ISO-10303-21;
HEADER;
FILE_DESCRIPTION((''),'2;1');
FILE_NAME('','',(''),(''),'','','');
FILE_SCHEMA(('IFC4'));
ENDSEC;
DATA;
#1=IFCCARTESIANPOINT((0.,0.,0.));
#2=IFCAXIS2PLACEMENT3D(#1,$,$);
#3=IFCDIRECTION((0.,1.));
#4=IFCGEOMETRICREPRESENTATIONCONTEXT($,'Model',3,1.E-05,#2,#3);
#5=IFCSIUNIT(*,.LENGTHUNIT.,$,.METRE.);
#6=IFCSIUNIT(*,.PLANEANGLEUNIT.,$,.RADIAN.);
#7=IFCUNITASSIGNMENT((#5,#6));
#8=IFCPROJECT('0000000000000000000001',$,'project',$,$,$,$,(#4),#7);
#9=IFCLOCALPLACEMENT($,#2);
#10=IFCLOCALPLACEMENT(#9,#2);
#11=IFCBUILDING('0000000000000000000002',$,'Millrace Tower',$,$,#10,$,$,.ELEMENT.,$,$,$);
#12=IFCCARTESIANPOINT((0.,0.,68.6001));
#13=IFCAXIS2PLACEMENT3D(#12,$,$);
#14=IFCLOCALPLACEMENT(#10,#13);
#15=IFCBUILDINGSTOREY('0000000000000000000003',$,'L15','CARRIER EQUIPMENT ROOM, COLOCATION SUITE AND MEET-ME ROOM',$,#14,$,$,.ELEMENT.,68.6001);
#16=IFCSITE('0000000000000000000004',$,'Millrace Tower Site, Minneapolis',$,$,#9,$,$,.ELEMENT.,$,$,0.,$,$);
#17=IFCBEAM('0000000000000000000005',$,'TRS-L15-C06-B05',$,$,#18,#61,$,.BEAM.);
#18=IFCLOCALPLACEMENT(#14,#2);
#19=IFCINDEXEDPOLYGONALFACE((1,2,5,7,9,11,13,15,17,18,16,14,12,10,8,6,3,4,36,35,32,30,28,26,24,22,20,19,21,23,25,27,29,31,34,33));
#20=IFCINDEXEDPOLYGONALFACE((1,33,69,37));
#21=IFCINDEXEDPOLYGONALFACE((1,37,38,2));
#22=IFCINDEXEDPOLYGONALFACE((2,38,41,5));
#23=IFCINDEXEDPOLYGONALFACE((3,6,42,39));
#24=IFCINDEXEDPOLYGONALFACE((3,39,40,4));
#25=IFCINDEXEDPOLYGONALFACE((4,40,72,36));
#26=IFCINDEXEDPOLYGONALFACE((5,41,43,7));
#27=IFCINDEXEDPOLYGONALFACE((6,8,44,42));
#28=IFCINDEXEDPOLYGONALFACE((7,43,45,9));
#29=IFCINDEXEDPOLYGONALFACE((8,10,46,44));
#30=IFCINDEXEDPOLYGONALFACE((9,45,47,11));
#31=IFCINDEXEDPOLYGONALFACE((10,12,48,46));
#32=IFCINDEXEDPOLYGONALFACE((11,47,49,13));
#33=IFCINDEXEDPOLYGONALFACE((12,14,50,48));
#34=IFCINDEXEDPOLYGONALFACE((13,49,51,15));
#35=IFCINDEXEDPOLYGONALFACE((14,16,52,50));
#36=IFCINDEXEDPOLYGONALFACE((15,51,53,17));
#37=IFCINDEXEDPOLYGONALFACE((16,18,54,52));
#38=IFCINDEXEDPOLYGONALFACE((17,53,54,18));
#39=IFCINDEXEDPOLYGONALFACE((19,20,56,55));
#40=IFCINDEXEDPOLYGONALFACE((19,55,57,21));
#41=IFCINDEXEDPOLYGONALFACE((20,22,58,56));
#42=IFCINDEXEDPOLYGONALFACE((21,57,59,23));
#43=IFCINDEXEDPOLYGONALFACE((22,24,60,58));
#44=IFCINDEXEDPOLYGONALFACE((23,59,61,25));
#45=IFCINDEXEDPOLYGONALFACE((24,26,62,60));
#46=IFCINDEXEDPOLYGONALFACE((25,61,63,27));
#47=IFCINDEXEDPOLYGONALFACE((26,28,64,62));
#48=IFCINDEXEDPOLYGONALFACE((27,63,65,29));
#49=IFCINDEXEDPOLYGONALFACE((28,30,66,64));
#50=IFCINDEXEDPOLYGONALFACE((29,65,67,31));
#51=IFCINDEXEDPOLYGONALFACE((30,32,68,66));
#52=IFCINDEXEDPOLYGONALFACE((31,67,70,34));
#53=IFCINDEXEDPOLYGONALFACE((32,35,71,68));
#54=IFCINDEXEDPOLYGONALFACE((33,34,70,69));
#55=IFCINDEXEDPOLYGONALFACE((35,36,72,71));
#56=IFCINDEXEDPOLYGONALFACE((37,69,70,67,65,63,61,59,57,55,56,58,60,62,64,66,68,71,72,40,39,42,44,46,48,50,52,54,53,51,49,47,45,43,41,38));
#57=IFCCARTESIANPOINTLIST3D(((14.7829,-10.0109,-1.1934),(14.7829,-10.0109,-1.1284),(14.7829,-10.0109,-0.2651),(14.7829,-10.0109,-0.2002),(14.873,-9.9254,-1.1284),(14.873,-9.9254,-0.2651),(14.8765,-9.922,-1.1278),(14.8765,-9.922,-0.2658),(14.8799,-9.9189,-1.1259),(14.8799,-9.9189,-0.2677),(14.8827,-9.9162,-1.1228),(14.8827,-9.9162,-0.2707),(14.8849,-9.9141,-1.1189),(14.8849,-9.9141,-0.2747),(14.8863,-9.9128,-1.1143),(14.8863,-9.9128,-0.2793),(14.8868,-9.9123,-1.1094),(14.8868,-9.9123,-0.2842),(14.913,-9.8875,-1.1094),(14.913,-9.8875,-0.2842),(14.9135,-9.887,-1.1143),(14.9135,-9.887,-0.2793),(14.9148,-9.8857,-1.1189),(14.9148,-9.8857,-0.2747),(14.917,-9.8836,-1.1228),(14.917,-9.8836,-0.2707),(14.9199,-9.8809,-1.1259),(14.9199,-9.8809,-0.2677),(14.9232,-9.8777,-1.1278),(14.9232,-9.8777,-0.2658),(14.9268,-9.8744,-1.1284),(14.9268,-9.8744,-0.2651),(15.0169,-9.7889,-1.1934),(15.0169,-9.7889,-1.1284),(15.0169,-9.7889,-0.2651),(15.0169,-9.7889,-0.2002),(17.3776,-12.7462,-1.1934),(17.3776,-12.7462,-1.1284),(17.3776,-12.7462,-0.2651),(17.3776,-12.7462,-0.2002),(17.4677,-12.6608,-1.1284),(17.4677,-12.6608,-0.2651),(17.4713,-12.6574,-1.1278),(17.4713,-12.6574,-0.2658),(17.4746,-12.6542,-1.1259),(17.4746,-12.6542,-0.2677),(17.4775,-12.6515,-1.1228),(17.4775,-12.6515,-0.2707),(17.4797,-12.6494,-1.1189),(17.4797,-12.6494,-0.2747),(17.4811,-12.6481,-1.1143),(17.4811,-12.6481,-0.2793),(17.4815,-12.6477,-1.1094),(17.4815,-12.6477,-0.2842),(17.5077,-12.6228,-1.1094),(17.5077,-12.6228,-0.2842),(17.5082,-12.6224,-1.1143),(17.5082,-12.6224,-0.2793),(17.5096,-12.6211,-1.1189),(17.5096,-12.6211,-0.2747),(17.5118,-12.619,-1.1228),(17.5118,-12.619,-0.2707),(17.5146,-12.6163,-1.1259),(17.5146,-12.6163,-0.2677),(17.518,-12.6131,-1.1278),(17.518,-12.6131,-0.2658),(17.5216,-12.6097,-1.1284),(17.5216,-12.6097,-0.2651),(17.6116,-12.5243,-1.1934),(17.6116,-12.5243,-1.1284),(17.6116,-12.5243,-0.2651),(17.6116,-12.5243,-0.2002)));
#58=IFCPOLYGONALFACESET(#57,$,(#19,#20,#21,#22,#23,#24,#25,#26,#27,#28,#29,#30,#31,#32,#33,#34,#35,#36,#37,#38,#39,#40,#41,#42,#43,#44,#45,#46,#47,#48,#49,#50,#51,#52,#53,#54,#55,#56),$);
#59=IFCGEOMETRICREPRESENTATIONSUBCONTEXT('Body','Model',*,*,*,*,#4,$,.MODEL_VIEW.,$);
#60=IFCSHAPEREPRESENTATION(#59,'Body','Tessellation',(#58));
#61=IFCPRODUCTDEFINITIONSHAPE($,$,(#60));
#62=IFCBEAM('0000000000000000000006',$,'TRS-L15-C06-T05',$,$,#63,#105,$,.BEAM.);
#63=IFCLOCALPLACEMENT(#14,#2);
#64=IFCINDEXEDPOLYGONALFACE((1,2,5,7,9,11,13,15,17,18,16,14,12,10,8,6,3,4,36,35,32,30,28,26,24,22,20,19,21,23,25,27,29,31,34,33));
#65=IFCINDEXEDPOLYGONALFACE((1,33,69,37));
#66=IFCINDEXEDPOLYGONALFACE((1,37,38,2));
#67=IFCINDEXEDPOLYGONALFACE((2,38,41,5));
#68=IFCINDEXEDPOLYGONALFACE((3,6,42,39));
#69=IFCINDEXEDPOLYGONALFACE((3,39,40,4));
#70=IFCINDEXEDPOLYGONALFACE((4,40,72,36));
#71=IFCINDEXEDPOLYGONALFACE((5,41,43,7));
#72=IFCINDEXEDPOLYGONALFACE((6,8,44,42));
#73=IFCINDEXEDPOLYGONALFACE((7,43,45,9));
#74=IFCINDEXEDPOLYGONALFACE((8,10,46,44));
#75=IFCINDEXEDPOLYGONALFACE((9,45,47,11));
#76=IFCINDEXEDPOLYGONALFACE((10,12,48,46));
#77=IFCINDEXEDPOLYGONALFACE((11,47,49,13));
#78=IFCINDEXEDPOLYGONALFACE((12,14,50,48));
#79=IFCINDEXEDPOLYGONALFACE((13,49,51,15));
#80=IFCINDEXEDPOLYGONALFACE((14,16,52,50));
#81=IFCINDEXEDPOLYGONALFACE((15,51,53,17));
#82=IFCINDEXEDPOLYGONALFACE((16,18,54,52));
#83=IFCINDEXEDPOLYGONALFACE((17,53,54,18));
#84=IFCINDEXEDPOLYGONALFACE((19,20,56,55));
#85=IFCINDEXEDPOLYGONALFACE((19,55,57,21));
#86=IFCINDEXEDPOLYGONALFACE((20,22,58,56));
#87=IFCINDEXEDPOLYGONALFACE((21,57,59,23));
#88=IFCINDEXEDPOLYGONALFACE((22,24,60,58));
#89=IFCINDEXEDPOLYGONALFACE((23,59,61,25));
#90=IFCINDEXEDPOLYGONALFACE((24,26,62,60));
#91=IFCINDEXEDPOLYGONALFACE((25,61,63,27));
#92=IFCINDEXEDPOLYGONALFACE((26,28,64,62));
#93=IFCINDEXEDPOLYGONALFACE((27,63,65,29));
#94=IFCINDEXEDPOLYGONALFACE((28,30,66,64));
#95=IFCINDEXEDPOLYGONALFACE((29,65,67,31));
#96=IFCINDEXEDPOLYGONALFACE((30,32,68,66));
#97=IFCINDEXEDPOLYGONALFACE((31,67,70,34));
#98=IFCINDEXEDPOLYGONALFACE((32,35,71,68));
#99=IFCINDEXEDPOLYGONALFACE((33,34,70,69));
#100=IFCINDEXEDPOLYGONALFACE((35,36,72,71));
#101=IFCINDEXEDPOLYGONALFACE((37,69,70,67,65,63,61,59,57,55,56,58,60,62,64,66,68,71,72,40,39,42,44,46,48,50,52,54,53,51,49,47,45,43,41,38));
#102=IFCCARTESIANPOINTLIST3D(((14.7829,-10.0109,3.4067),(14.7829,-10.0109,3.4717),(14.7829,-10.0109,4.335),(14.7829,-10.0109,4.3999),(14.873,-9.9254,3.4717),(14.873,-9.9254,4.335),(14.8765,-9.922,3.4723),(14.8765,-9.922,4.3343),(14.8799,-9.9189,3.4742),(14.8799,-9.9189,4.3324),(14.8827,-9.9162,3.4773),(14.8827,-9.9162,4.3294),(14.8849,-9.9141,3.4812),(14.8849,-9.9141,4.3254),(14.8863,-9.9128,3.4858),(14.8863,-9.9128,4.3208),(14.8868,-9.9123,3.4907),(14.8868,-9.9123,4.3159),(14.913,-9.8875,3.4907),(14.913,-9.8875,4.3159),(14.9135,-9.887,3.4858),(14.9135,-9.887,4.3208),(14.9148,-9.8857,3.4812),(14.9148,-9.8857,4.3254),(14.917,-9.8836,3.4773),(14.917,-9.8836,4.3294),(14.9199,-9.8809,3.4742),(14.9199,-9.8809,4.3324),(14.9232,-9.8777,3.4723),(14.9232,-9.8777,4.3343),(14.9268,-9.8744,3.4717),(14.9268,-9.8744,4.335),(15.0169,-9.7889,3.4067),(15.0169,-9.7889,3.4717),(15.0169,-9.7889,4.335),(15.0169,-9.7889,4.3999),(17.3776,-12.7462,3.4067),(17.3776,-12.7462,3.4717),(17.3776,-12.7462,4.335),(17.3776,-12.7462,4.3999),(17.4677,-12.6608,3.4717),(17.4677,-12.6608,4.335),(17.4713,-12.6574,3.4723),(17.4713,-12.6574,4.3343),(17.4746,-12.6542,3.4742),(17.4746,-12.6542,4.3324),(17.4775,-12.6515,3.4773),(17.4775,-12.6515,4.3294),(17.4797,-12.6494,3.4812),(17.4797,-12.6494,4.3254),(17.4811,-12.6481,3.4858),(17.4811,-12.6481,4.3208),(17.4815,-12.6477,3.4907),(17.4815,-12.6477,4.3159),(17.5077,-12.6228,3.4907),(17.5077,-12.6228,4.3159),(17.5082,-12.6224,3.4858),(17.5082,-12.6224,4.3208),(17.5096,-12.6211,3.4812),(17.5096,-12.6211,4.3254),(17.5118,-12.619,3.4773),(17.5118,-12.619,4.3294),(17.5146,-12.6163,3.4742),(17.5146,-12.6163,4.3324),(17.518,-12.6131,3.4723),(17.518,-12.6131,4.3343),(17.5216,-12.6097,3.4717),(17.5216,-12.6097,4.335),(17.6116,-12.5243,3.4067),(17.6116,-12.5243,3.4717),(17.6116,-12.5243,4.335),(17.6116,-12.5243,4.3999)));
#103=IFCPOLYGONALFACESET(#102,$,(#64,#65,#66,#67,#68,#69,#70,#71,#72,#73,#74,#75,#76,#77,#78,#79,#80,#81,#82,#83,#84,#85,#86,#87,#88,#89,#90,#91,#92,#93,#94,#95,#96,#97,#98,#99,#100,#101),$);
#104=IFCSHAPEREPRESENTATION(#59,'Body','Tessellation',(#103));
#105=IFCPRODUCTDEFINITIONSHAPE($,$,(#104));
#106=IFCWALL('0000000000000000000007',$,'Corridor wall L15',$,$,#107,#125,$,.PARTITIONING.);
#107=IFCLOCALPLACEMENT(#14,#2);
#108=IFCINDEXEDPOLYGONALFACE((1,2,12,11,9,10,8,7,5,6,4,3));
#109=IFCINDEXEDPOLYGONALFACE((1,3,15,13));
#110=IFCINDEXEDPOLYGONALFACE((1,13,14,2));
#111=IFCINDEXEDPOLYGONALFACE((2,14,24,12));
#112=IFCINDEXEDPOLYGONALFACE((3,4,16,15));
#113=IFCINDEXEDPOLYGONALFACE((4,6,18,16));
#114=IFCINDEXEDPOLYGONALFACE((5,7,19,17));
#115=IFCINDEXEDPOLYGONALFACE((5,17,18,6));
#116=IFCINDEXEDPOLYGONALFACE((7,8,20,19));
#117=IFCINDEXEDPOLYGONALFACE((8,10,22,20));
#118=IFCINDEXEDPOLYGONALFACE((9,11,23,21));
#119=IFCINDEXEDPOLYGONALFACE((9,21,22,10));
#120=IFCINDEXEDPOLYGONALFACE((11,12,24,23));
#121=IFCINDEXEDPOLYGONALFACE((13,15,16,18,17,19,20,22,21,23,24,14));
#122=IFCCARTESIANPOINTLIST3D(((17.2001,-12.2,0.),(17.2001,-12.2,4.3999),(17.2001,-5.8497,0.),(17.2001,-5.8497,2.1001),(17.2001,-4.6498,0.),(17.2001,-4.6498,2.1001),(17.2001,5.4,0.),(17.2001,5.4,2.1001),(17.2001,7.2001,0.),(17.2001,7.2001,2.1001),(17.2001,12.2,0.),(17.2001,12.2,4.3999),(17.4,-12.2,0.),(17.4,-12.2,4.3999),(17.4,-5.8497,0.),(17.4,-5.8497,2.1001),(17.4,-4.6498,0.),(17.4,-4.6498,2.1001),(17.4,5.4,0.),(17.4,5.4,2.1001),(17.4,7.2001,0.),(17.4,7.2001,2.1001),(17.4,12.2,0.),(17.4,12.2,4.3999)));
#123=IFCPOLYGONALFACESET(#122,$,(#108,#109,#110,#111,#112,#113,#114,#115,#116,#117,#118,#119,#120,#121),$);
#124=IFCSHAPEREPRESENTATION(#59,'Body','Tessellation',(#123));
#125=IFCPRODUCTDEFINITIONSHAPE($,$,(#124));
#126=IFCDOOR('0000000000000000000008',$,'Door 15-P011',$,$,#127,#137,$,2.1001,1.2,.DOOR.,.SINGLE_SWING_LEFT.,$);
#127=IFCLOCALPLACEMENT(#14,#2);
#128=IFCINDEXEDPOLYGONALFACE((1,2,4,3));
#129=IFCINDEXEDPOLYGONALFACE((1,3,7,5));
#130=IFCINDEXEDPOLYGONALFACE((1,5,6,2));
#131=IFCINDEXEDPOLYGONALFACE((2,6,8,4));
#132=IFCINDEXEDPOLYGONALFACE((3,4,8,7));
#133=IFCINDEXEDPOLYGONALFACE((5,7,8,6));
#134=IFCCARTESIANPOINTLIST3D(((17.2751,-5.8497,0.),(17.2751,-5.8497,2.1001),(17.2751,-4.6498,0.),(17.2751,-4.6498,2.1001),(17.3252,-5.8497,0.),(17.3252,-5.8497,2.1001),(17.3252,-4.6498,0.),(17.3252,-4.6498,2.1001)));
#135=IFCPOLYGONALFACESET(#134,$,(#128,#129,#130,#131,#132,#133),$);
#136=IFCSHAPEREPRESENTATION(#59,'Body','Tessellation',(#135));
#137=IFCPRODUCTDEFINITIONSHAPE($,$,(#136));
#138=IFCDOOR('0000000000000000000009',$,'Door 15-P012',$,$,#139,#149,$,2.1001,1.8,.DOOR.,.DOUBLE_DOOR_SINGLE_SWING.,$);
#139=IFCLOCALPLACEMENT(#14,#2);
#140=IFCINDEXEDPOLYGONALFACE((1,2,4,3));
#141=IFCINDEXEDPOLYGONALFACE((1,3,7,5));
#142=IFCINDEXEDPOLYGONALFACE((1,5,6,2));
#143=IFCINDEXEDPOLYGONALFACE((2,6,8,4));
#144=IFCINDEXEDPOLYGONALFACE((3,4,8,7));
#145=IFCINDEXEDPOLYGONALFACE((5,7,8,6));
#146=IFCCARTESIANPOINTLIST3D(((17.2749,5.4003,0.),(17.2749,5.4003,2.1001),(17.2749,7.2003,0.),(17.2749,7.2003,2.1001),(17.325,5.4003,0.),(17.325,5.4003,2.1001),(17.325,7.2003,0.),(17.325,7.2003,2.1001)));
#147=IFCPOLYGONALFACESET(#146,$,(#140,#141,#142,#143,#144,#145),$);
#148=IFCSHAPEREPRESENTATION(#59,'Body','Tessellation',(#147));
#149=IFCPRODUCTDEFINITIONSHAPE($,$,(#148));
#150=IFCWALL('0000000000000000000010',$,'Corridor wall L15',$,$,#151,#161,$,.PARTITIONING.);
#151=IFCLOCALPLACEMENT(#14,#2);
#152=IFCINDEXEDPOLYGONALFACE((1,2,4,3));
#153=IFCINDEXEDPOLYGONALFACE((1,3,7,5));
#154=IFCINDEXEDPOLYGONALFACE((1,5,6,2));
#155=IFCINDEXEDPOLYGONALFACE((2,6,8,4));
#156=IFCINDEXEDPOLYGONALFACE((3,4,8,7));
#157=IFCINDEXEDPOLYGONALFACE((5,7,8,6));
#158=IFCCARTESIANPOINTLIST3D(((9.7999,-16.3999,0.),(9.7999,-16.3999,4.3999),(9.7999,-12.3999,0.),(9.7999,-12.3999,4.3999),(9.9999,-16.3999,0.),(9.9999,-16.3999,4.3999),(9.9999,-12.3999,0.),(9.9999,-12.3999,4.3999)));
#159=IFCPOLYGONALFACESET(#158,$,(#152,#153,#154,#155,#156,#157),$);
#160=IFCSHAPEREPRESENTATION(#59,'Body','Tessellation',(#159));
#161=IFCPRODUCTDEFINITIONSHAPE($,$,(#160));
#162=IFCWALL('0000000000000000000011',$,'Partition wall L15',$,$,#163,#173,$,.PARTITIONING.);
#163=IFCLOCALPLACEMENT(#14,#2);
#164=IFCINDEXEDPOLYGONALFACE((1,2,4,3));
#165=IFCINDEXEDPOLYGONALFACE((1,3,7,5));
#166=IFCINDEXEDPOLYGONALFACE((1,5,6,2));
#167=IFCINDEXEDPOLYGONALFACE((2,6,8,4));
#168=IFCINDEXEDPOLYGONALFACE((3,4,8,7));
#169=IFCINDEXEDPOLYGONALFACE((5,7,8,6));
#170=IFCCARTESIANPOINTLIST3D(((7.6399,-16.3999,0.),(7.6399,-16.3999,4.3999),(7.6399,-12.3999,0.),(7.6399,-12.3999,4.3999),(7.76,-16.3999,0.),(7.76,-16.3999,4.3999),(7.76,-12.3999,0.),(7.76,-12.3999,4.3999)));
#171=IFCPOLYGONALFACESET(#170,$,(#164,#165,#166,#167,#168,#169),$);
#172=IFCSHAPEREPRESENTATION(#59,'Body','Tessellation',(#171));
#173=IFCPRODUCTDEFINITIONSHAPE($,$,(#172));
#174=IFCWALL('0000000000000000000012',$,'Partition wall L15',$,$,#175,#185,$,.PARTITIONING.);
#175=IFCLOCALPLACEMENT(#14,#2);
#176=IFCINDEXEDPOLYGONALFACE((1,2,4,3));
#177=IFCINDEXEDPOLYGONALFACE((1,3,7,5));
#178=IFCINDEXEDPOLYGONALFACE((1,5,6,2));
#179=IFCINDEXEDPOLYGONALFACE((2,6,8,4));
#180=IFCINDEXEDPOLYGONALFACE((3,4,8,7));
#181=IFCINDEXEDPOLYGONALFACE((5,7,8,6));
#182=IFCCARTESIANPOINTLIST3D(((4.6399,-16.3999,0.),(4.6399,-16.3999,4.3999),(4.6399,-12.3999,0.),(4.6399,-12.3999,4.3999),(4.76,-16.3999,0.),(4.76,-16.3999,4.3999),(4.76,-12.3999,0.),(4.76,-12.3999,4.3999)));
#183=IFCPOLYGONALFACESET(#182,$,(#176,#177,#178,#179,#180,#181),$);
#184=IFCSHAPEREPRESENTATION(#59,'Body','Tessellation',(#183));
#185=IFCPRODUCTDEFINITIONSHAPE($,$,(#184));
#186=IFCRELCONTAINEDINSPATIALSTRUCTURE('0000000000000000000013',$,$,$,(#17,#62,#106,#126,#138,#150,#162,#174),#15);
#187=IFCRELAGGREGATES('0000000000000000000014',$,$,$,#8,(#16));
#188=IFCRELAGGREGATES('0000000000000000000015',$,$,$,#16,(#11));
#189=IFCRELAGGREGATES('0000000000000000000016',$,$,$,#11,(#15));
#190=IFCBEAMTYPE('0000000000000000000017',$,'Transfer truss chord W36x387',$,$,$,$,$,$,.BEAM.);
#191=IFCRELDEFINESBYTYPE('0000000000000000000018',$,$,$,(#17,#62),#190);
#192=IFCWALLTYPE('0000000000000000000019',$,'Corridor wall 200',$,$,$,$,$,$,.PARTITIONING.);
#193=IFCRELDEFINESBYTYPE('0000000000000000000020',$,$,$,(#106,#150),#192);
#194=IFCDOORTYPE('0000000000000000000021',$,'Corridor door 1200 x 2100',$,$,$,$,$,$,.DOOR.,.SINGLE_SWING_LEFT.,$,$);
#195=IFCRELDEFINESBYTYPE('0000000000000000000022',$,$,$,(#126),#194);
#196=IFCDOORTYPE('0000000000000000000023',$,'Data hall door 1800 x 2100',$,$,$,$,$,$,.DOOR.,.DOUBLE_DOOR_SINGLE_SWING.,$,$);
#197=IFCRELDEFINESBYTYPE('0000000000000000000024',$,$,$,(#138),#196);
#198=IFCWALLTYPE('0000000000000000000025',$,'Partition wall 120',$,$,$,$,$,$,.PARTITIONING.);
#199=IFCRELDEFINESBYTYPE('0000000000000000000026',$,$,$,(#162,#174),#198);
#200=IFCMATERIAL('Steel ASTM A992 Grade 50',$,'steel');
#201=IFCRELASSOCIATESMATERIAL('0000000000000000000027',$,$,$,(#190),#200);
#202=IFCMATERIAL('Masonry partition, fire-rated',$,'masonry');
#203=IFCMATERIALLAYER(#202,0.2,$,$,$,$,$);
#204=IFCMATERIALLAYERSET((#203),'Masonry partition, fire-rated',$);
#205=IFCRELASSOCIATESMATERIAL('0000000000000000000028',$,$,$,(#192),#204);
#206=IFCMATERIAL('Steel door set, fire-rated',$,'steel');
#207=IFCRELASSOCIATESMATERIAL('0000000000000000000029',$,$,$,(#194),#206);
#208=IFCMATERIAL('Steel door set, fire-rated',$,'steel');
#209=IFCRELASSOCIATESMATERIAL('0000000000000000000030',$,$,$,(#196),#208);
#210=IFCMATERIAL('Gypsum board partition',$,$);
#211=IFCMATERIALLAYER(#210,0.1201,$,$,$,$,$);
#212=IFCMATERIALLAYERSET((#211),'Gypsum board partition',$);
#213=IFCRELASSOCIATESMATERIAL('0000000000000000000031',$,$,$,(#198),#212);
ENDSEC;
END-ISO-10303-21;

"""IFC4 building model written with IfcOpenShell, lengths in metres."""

from ifc_helpers import new_model, si_unit, direction, frame, frame_2d, origin, origin_2d, place, context, subcontext, project, spatial, rectangle, i_section, extrude, material, layer, layer_set, material_profile, profile_set, type_object, element, fill, save


model = new_model("IFC4")

# Units and contexts
model_context = context("Model", 3, precision=1e-05, world=origin(), true_north=direction((0.0, 1.0)))
body_context = subcontext(model_context, "Body", "Model", "MODEL_VIEW")
ifc_project = project(units=[si_unit("LENGTHUNIT", "METRE"), si_unit("PLANEANGLEUNIT", "RADIAN")], contexts=[model_context])

# Site, building, storey
site_placement = place(None, origin())
site = spatial("IfcSite", under=ifc_project, at=site_placement, Name="Millrace Tower Site, Minneapolis", CompositionType="ELEMENT", RefElevation=0.0)
building_placement = place(site_placement, origin())
building = spatial("IfcBuilding", under=site, at=building_placement, Name="Millrace Tower", CompositionType="ELEMENT")
storey_placement = place(building_placement, frame((0.0, 0.0, 68.6001)))
storey = spatial("IfcBuildingStorey", under=building, at=storey_placement, Name="L15", Description="CARRIER EQUIPMENT ROOM, COLOCATION SUITE AND MEET-ME ROOM", CompositionType="ELEMENT", Elevation=68.6001)

# Beams
ifc_material_1 = material(Name="Steel ASTM A992 Grade 50", Category="steel")
ifc_material_profile_1 = material_profile(ifc_material_1, i_section(OverallWidth=0.3225, OverallDepth=0.9932, WebThickness=0.0361, FlangeThickness=0.0649, FilletRadius=0.019, at=origin_2d()))
ifc_profile_set_1 = profile_set([ifc_material_profile_1], Name="Steel ASTM A992 Grade 50")
beam_type_1 = type_object("IfcBeamType", Name="Transfer truss chord W36x387", PredefinedType="BEAM", material=ifc_profile_set_1)
for number, where, z_axis, x_axis, name in (
    (1, (17.4946, -12.6353, -0.6968), (-0.688211, 0.72551, 0.0), (-0.72551, -0.688211, 0.0), "TRS-L15-C06-B05"),
    (2, (17.4946, -12.6353, 3.9033), (-0.688211, 0.72551, 0.0), (-0.72551, -0.688211, 0.0), "TRS-L15-C06-T05"),
):
    element("IfcBeam", number, at=place(storey_placement, frame(where, z_axis=z_axis, x_axis=x_axis)), inside=storey, type_object=beam_type_1, Name=name, PredefinedType="BEAM", context=body_context, shape_type="SweptSolid", body=[
        extrude(i_section(OverallWidth=0.3225, OverallDepth=0.9932, WebThickness=0.0361, FlangeThickness=0.0649, FilletRadius=0.019, at=origin_2d()), origin(), (0.0, 0.0, 1.0), 3.7703),
    ])

# Wall, openings, doors
ifc_material_2 = material(Name="Masonry partition, fire-rated", Category="masonry")
ifc_layer_1 = layer(ifc_material_2, 0.2)
ifc_layer_set_1 = layer_set([ifc_layer_1], Name="Masonry partition, fire-rated")
wall_type_1 = type_object("IfcWallType", Name="Corridor wall 200", PredefinedType="PARTITIONING", material=ifc_layer_set_1)
wall_1_placement = place(storey_placement, frame((17.3, -12.2, 0.0), z_axis=(0.0, 0.0, 1.0), x_axis=(0.0, 1.0, 0.0)))
wall_1 = element("IfcWall", 3, at=wall_1_placement, inside=storey, type_object=wall_type_1, Name="Corridor wall L15", PredefinedType="PARTITIONING", context=body_context, shape_type="SweptSolid", body=[
    extrude(rectangle(XDim=24.3999, YDim=0.2, at=frame_2d((12.2, 0.0))), origin(), (0.0, 0.0, 1.0), 4.3999),
])
opening_1_placement = place(wall_1_placement, frame((6.3501, 0.0, 0.0)))
opening_1 = element("IfcOpeningElement", 4, at=opening_1_placement, cuts=wall_1, PredefinedType="OPENING", context=body_context, shape_type="SweptSolid", body=[
    extrude(rectangle(XDim=1.2, YDim=2.1001, at=frame_2d((0.6001, 1.05))), frame((0.0, 0.1099, 0.0), z_axis=(0.0, -1.0, 0.0), x_axis=(1.0, 0.0, 0.0)), (0.0, 0.0, 1.0), 0.22),
])
opening_2_placement = place(wall_1_placement, frame((17.6001, 0.0, 0.0)))
opening_2 = element("IfcOpeningElement", 5, at=opening_2_placement, cuts=wall_1, PredefinedType="OPENING", context=body_context, shape_type="SweptSolid", body=[
    extrude(rectangle(XDim=1.8, YDim=2.1001, at=frame_2d((0.8999, 1.05))), frame((0.0, 0.1099, 0.0), z_axis=(0.0, -1.0, 0.0), x_axis=(1.0, 0.0, 0.0)), (0.0, 0.0, 1.0), 0.22),
])
ifc_material_3 = material(Name="Steel door set, fire-rated", Category="steel")
door_type_1 = type_object("IfcDoorType", Name="Corridor door 1200 x 2100", OperationType="SINGLE_SWING_LEFT", PredefinedType="DOOR", material=ifc_material_3)
door_1_placement = place(opening_1_placement, origin())
door_1 = element("IfcDoor", 6, at=door_1_placement, inside=storey, type_object=door_type_1, Name="Door 15-P011", OperationType="SINGLE_SWING_LEFT", OverallHeight=2.1001, OverallWidth=1.2, PredefinedType="DOOR", context=body_context, shape_type="SweptSolid", body=[
    extrude(rectangle(XDim=1.2, YDim=2.1001, at=frame_2d((0.6001, 1.05))), frame((0.0, 0.0249, 0.0), z_axis=(0.0, -1.0, 0.0), x_axis=(1.0, 0.0, 0.0)), (0.0, 0.0, 1.0), 0.05),
])
fill(opening_1, door_1)
ifc_material_4 = material(Name="Steel door set, fire-rated", Category="steel")
door_type_2 = type_object("IfcDoorType", Name="Data hall door 1800 x 2100", OperationType="DOUBLE_DOOR_SINGLE_SWING", PredefinedType="DOOR", material=ifc_material_4)
door_2_placement = place(opening_2_placement, frame((1.8, 0.0, 0.0), z_axis=(0.0, 0.0, 1.0), x_axis=(-1.0, 0.0, 0.0)))
door_2 = element("IfcDoor", 7, at=door_2_placement, inside=storey, type_object=door_type_2, Name="Door 15-P012", OperationType="DOUBLE_DOOR_SINGLE_SWING", OverallHeight=2.1001, OverallWidth=1.8, PredefinedType="DOOR", context=body_context, shape_type="SweptSolid", body=[
    extrude(rectangle(XDim=1.8, YDim=2.1001, at=frame_2d((0.8999, 1.05))), frame((0.0, 0.0249, 0.0), z_axis=(0.0, -1.0, 0.0), x_axis=(1.0, 0.0, 0.0)), (0.0, 0.0, 1.0), 0.05),
])
fill(opening_2, door_2)

# Walls
wall_2_placement = place(storey_placement, frame((9.8999, -16.3999, 0.0), z_axis=(0.0, 0.0, 1.0), x_axis=(0.0, 1.0, 0.0)))
element("IfcWall", 8, at=wall_2_placement, inside=storey, type_object=wall_type_1, Name="Corridor wall L15", PredefinedType="PARTITIONING", context=body_context, shape_type="SweptSolid", body=[
    extrude(rectangle(XDim=4.0, YDim=0.2, at=frame_2d((2.0, 0.0))), origin(), (0.0, 0.0, 1.0), 4.3999),
])
ifc_material_5 = material(Name="Gypsum board partition")
ifc_layer_2 = layer(ifc_material_5, 0.1201)
ifc_layer_set_2 = layer_set([ifc_layer_2], Name="Gypsum board partition")
wall_type_2 = type_object("IfcWallType", Name="Partition wall 120", PredefinedType="PARTITIONING", material=ifc_layer_set_2)
for number, where, z_axis, x_axis, name in (
    (9, (7.7, -16.3999, 0.0), (0.0, 0.0, 1.0), (0.0, 1.0, 0.0), "Partition wall L15"),
    (10, (4.7, -16.3999, 0.0), (0.0, 0.0, 1.0), (0.0, 1.0, 0.0), "Partition wall L15"),
):
    element("IfcWall", number, at=place(storey_placement, frame(where, z_axis=z_axis, x_axis=x_axis)), inside=storey, type_object=wall_type_2, Name=name, PredefinedType="PARTITIONING", context=body_context, shape_type="SweptSolid", body=[
        extrude(rectangle(XDim=4.0, YDim=0.1201, at=frame_2d((2.0, 0.0))), origin(), (0.0, 0.0, 1.0), 4.3999),
    ])

save(model, "model.ifc")
